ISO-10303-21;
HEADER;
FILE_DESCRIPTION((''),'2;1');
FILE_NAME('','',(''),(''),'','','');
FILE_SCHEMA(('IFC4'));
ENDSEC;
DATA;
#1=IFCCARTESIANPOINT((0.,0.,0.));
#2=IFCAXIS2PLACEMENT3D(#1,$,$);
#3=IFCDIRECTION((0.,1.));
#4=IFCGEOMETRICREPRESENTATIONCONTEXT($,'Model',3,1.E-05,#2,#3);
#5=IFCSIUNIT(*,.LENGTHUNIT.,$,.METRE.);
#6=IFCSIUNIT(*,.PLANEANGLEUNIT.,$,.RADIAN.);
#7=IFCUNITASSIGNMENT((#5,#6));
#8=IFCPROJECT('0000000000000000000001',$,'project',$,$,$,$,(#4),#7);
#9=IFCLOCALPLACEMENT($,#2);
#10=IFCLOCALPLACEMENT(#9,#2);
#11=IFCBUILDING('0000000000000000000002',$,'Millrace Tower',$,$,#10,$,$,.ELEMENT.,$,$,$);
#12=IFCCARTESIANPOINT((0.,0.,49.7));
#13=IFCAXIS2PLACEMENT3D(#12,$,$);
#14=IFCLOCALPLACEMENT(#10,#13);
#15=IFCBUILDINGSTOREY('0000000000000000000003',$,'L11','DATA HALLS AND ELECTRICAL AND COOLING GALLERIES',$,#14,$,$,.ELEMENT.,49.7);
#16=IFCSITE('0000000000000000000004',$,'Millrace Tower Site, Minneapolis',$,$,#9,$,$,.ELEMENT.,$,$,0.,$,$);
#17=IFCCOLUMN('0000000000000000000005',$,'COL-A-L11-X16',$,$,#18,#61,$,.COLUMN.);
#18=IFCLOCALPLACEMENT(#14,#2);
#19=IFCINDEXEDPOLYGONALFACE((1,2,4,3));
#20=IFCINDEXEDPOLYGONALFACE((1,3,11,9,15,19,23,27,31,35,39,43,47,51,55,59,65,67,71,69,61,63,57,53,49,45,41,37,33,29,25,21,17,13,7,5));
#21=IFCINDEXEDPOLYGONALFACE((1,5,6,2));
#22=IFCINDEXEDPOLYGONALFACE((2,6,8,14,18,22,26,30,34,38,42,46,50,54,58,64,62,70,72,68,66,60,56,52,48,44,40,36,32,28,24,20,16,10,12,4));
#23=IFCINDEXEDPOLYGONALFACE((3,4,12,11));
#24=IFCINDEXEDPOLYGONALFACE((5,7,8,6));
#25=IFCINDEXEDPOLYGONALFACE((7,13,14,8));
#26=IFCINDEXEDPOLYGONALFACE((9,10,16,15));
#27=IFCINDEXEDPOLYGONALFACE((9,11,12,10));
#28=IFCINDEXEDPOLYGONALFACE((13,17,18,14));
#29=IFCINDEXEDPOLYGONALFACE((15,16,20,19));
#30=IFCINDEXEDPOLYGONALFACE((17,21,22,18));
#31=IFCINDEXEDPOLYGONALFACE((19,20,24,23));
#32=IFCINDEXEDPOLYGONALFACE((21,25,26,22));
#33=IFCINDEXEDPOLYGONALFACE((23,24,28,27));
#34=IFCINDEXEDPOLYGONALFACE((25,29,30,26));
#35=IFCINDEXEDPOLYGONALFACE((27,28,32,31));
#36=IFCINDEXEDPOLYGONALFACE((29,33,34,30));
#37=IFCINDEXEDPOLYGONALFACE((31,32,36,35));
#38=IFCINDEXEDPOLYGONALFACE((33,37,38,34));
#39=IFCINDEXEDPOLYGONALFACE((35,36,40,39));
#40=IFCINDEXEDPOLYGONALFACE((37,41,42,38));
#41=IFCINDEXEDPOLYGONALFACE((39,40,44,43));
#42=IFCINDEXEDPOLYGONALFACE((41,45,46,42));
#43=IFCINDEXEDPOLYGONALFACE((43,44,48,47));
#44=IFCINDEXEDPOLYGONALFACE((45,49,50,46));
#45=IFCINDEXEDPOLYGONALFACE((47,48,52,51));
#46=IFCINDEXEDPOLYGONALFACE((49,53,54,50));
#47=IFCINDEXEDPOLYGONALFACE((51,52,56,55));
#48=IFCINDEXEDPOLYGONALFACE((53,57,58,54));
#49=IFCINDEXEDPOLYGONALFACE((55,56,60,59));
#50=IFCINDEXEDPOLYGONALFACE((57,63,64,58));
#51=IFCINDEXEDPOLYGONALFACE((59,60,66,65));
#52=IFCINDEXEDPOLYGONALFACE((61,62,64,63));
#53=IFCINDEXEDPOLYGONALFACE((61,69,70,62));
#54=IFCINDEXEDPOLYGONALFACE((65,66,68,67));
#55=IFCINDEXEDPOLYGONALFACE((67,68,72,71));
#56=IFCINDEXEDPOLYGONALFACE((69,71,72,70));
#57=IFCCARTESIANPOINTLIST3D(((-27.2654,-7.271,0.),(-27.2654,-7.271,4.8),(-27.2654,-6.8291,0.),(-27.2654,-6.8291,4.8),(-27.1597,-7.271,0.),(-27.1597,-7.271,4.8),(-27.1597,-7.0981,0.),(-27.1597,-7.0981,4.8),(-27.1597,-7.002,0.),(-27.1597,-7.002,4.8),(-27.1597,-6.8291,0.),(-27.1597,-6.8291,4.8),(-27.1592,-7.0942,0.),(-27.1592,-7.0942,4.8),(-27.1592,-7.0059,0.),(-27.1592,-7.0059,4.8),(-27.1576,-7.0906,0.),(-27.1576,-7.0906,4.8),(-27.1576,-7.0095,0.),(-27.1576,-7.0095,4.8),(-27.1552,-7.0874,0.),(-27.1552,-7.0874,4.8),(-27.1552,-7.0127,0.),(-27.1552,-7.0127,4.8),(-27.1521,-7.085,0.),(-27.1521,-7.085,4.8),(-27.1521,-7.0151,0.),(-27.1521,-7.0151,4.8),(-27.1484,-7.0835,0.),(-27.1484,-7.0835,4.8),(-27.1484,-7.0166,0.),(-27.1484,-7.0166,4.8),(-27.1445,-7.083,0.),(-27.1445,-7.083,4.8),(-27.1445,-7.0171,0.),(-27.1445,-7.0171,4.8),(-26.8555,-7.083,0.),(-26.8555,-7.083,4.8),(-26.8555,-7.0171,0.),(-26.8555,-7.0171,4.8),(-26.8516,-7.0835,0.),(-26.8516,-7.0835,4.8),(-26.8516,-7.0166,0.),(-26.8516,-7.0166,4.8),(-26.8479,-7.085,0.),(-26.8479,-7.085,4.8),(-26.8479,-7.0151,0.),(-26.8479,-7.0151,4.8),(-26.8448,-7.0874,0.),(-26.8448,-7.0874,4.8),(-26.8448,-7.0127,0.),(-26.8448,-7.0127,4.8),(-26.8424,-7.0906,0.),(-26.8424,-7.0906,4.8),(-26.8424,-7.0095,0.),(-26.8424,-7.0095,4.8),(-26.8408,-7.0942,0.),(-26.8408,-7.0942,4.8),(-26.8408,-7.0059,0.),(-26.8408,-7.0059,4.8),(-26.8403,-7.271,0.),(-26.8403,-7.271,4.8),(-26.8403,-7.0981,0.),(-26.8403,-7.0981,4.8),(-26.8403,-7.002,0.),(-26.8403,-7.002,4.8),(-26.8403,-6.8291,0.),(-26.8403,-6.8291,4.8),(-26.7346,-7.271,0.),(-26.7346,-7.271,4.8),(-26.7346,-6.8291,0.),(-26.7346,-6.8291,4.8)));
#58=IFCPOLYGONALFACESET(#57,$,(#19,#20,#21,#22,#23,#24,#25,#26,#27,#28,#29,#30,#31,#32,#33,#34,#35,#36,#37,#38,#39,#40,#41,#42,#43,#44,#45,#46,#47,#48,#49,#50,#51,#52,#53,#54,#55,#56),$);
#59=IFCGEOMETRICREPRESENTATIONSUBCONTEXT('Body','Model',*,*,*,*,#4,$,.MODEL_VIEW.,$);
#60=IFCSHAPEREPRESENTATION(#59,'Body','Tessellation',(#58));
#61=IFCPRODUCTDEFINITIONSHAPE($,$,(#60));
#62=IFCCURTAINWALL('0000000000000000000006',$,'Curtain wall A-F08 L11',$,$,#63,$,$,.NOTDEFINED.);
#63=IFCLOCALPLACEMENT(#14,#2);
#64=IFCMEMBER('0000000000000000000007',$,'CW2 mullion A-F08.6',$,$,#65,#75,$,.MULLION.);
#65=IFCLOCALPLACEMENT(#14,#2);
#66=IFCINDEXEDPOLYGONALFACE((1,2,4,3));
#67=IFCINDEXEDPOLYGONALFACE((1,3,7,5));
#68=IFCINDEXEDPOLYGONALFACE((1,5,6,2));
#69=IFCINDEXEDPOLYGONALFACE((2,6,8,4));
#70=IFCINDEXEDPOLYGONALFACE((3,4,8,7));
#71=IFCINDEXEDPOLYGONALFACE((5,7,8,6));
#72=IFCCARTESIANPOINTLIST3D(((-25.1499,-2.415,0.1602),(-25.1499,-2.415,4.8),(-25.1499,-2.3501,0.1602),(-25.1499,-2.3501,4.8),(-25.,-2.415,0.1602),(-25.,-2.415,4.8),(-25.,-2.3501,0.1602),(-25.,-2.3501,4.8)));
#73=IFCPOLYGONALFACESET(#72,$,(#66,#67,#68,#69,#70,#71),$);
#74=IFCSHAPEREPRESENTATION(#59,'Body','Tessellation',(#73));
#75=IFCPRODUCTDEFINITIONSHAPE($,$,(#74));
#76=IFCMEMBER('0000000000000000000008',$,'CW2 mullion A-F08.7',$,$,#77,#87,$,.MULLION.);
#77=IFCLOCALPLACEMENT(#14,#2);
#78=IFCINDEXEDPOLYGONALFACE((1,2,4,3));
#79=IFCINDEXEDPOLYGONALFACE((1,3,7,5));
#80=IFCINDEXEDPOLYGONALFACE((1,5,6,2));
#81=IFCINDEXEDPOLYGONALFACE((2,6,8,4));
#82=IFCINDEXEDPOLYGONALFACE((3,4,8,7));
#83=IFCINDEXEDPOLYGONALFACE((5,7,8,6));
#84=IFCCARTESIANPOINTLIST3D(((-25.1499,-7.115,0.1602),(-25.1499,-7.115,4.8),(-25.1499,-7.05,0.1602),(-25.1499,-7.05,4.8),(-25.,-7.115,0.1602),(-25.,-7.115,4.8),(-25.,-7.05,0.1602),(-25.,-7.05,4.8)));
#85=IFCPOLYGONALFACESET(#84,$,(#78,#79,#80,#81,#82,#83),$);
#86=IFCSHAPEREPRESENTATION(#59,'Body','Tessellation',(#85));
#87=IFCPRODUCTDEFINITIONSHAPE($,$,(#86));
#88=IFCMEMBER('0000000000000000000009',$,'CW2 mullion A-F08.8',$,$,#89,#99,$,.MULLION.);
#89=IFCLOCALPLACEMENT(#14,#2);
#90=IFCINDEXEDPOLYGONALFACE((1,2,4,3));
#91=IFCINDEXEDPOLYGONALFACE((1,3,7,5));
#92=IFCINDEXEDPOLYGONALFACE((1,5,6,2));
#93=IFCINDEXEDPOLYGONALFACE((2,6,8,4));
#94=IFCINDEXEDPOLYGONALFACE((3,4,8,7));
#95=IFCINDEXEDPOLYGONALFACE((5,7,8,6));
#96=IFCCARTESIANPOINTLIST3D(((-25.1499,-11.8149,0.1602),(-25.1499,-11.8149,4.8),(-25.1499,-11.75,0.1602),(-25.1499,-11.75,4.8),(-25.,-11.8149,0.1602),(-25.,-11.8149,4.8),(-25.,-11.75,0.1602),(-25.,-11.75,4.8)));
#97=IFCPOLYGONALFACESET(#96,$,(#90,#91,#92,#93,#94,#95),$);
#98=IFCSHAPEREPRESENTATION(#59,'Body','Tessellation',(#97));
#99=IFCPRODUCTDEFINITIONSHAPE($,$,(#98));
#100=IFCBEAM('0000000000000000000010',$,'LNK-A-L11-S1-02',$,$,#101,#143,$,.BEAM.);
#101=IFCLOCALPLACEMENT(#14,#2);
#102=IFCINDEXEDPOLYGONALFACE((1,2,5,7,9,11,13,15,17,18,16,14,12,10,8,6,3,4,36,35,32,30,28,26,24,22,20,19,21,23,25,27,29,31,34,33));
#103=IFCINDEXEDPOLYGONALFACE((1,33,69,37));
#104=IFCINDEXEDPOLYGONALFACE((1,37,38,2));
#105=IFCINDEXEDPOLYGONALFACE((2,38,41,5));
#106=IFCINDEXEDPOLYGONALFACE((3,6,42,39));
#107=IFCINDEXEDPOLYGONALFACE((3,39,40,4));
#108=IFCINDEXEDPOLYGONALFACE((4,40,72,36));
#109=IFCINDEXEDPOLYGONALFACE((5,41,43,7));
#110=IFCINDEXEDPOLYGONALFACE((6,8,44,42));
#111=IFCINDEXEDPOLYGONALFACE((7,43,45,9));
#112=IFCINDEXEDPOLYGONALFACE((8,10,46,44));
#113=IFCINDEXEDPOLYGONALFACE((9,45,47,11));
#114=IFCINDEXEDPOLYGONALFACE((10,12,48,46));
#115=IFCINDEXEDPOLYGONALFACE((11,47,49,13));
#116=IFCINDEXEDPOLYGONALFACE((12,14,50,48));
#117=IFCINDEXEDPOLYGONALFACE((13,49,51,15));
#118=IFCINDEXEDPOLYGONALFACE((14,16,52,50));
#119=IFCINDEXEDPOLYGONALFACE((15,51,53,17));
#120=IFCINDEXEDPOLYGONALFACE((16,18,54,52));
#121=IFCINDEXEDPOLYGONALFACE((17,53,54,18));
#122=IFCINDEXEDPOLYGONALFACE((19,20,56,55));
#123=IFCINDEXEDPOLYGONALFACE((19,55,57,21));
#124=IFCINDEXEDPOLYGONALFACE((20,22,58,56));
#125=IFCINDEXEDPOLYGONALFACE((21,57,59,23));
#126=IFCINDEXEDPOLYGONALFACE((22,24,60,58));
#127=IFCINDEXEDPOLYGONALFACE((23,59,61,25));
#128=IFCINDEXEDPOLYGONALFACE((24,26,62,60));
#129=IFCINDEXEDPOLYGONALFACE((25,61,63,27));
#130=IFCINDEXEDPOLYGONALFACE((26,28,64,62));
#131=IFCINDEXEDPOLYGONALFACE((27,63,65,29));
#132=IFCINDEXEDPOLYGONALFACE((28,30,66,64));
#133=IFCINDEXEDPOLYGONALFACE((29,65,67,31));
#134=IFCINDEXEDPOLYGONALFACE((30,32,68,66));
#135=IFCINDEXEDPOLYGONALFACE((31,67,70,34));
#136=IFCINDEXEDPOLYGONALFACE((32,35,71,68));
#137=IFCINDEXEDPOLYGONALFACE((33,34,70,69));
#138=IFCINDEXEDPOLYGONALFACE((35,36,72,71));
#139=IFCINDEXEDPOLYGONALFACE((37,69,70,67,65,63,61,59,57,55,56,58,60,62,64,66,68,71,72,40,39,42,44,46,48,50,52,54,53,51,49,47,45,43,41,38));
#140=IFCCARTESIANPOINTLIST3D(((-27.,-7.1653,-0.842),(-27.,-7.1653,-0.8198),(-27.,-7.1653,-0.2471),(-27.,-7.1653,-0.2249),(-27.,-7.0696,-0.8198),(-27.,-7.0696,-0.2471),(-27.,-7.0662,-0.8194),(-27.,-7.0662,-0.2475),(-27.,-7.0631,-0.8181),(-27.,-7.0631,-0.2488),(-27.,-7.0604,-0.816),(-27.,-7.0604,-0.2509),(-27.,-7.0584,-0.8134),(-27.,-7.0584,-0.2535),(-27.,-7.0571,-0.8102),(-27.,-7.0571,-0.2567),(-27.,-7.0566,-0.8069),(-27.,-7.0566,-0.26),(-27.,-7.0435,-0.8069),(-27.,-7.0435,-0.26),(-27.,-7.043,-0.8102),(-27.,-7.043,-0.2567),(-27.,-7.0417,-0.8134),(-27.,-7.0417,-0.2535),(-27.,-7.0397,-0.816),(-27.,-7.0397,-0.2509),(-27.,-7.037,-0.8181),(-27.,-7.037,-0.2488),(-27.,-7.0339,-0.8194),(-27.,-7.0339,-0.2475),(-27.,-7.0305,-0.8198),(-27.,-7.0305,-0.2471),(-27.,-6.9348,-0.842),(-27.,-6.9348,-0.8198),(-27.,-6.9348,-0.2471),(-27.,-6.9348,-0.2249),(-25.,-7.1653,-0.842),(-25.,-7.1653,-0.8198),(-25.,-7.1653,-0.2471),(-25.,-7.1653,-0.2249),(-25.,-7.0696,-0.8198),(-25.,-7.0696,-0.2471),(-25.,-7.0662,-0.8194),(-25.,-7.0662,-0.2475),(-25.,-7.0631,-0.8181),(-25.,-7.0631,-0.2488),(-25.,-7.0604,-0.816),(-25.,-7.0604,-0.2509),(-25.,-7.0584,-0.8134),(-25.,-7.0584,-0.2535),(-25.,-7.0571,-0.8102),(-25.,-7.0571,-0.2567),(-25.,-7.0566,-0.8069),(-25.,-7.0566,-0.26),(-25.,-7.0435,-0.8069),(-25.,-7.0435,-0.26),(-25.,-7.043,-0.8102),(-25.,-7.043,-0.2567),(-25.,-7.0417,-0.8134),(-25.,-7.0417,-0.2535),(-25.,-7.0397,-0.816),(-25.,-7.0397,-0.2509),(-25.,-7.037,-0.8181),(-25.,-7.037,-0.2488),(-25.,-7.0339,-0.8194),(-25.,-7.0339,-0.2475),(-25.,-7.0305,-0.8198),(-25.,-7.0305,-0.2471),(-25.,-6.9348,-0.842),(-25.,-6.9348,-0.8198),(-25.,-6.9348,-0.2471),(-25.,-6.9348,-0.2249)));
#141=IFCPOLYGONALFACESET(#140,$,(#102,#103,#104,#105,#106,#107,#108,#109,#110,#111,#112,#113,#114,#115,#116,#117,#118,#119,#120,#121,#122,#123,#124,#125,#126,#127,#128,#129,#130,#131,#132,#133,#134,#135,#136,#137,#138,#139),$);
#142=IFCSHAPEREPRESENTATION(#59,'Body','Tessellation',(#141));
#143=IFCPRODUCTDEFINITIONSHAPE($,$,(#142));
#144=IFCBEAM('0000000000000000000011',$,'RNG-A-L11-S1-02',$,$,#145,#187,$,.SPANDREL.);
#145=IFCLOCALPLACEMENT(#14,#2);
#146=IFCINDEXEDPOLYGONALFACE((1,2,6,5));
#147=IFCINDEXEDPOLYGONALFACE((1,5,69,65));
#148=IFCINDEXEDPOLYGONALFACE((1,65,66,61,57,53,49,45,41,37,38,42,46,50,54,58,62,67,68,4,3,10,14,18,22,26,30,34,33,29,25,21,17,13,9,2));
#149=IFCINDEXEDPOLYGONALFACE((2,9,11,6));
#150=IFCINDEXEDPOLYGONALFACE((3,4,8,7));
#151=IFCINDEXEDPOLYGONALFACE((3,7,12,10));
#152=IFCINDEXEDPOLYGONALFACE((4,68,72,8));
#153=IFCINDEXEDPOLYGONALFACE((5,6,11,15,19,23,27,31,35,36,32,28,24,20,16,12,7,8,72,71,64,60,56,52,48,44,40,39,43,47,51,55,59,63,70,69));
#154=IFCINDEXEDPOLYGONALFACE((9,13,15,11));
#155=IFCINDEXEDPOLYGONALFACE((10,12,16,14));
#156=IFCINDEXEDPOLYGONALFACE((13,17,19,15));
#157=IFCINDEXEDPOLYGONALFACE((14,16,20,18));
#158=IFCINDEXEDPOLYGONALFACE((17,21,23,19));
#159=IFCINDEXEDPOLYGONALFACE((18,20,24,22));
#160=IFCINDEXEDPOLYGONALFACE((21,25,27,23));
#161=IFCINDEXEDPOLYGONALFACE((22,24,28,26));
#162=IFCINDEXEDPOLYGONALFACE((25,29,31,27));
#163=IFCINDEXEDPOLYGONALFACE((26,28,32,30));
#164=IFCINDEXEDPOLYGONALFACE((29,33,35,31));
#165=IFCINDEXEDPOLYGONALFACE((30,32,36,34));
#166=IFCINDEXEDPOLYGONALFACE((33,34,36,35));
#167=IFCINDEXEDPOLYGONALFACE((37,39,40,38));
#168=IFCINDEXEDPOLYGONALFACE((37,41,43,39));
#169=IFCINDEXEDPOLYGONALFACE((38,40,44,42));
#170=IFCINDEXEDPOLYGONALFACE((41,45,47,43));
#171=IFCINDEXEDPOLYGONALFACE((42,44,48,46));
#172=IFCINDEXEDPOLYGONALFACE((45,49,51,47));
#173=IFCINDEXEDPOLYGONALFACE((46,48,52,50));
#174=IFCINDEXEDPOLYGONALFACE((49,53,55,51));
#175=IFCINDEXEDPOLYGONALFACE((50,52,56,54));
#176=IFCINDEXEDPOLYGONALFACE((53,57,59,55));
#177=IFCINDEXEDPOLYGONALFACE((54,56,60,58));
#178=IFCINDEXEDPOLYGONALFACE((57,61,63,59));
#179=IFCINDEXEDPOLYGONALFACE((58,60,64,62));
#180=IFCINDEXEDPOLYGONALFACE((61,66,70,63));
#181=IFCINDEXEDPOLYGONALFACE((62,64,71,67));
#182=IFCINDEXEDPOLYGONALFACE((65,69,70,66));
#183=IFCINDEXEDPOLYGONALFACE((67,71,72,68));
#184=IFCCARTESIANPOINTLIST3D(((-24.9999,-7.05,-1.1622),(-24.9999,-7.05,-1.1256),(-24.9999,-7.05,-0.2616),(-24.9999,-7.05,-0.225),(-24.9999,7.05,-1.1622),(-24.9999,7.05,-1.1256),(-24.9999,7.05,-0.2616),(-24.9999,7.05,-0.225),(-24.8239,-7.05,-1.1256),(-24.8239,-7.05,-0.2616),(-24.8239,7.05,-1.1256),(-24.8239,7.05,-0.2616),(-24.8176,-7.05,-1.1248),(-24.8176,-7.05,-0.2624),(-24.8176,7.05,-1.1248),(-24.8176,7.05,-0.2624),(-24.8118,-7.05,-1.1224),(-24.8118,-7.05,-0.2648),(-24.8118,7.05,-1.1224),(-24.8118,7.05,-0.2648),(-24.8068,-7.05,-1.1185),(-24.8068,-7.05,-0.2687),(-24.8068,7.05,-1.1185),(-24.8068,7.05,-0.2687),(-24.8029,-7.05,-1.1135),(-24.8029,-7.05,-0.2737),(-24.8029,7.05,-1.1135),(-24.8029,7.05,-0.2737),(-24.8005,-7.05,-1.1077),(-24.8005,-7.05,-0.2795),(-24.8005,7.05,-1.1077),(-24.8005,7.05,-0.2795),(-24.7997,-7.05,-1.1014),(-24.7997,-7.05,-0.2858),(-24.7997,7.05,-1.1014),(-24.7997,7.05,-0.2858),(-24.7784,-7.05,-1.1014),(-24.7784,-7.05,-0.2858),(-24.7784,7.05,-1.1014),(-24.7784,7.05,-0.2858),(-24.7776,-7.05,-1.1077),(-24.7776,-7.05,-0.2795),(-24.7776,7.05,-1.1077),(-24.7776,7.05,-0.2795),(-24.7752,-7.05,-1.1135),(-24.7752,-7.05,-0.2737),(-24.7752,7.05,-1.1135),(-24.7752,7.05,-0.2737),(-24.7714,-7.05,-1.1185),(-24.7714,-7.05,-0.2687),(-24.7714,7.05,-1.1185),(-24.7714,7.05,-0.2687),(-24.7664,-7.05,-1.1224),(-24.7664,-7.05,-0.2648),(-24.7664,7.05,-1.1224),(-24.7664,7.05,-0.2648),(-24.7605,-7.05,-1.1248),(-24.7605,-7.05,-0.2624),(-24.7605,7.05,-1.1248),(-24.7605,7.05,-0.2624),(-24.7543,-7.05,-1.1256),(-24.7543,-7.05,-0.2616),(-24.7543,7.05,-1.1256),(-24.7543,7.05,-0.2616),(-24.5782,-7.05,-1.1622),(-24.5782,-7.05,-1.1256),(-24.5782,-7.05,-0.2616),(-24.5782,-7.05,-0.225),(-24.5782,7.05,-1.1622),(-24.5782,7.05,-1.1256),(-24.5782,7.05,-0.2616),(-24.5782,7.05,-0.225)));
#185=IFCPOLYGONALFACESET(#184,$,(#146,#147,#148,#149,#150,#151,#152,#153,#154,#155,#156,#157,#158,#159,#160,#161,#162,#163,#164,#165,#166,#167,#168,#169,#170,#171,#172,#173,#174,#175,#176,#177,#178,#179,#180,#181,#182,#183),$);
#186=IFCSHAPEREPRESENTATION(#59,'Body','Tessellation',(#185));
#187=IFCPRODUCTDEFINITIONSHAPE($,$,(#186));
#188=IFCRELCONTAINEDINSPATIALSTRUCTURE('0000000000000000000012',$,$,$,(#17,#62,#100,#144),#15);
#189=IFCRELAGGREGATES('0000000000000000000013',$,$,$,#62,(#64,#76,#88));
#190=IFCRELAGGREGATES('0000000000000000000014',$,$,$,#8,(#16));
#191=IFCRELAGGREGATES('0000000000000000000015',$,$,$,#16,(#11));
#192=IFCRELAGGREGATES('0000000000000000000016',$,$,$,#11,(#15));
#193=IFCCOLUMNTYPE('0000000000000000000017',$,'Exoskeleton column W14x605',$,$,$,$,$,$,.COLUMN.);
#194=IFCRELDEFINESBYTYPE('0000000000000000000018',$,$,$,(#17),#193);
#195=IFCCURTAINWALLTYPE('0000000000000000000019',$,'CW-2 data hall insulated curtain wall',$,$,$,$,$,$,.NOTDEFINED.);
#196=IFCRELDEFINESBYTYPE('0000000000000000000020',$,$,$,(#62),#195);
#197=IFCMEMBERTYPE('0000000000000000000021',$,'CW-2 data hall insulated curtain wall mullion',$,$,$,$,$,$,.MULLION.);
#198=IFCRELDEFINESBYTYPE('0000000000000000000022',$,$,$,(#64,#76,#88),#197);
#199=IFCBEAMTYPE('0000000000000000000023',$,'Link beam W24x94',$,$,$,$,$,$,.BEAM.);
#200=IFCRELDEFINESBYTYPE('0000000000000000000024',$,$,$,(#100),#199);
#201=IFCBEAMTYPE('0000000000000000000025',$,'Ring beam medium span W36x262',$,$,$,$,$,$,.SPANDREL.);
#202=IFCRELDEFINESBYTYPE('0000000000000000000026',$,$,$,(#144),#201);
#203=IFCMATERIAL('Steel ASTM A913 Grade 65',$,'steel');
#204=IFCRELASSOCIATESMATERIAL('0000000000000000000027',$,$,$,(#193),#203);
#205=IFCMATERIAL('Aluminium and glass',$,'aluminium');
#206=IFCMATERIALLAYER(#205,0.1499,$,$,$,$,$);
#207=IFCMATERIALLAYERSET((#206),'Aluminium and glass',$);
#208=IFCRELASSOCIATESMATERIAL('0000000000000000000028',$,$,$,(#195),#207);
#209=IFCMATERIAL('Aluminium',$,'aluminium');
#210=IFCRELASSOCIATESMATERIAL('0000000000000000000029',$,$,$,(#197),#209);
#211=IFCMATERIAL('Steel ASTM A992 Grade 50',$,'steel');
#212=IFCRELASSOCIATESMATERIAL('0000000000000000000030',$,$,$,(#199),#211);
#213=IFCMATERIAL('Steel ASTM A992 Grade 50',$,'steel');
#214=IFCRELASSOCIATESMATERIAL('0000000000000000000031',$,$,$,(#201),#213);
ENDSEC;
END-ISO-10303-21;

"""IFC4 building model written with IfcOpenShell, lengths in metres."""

from ifc_helpers import new_model, si_unit, direction, frame, origin, origin_2d, place, context, subcontext, project, spatial, rectangle, i_section, extrude, material, layer, layer_set, material_profile, profile_set, type_object, element, aggregate, save


model = new_model("IFC4")

# Units and contexts
model_context = context("Model", 3, precision=1e-05, world=origin(), true_north=direction((0.0, 1.0)))
body_context = subcontext(model_context, "Body", "Model", "MODEL_VIEW")
ifc_project = project(units=[si_unit("LENGTHUNIT", "METRE"), si_unit("PLANEANGLEUNIT", "RADIAN")], contexts=[model_context])

# Site, building, storey
site_placement = place(None, origin())
site = spatial("IfcSite", under=ifc_project, at=site_placement, Name="Millrace Tower Site, Minneapolis", CompositionType="ELEMENT", RefElevation=0.0)
building_placement = place(site_placement, origin())
building = spatial("IfcBuilding", under=site, at=building_placement, Name="Millrace Tower", CompositionType="ELEMENT")
storey_placement = place(building_placement, frame((0.0, 0.0, 49.7)))
storey = spatial("IfcBuildingStorey", under=building, at=storey_placement, Name="L11", Description="DATA HALLS AND ELECTRICAL AND COOLING GALLERIES", CompositionType="ELEMENT", Elevation=49.7)

# Column
ifc_material_1 = material(Name="Steel ASTM A913 Grade 65", Category="steel")
ifc_material_profile_1 = material_profile(ifc_material_1, i_section(OverallWidth=0.4419, OverallDepth=0.5308, WebThickness=0.0659, FlangeThickness=0.1057, FilletRadius=0.0151, at=origin_2d()))
ifc_profile_set_1 = profile_set([ifc_material_profile_1], Name="Steel ASTM A913 Grade 65")
column_type = type_object("IfcColumnType", Name="Exoskeleton column W14x605", PredefinedType="COLUMN", material=ifc_profile_set_1)
column_placement = place(storey_placement, frame((-27.0, -7.05, 0.0), z_axis=(0.0, 0.0, 1.0), x_axis=(0.0, -1.0, 0.0)))
element("IfcColumn", 1, at=column_placement, inside=storey, type_object=column_type, Name="COL-A-L11-X16", PredefinedType="COLUMN", context=body_context, shape_type="SweptSolid", body=[
    extrude(i_section(OverallWidth=0.4419, OverallDepth=0.5308, WebThickness=0.0659, FlangeThickness=0.1057, FilletRadius=0.0151, at=origin_2d()), origin(), (0.0, 0.0, 1.0), 4.8),
])

# Curtain wall, members
ifc_material_2 = material(Name="Aluminium and glass", Category="aluminium")
ifc_layer_1 = layer(ifc_material_2, 0.1499)
ifc_layer_set_1 = layer_set([ifc_layer_1], Name="Aluminium and glass")
curtain_wall_type = type_object("IfcCurtainWallType", Name="CW-2 data hall insulated curtain wall", PredefinedType="NOTDEFINED", material=ifc_layer_set_1)
curtain_wall_placement = place(storey_placement, origin())
curtain_wall = element("IfcCurtainWall", 2, at=curtain_wall_placement, inside=storey, type_object=curtain_wall_type, Name="Curtain wall A-F08 L11", PredefinedType="NOTDEFINED")
ifc_material_3 = material(Name="Aluminium", Category="aluminium")
ifc_material_profile_2 = material_profile(ifc_material_3, rectangle(XDim=0.0649, YDim=0.1499, at=origin_2d()))
ifc_profile_set_2 = profile_set([ifc_material_profile_2], Name="Aluminium")
member_type = type_object("IfcMemberType", Name="CW-2 data hall insulated curtain wall mullion", PredefinedType="MULLION", material=ifc_profile_set_2)
member_1_placement = place(storey_placement, frame((-25.075, -2.3826, 0.1602), z_axis=(0.0, 0.0, 1.0), x_axis=(0.0, -1.0, 0.0)))
member_1 = element("IfcMember", 3, at=member_1_placement, type_object=member_type, Name="CW2 mullion A-F08.6", PredefinedType="MULLION", context=body_context, shape_type="SweptSolid", body=[
    extrude(rectangle(XDim=0.0649, YDim=0.1499, at=origin_2d()), origin(), (0.0, 0.0, 1.0), 4.6399),
])
member_2_placement = place(storey_placement, frame((-25.075, -7.0825, 0.1602), z_axis=(0.0, 0.0, 1.0), x_axis=(0.0, -1.0, 0.0)))
member_2 = element("IfcMember", 4, at=member_2_placement, type_object=member_type, Name="CW2 mullion A-F08.7", PredefinedType="MULLION", context=body_context, shape_type="SweptSolid", body=[
    extrude(rectangle(XDim=0.0649, YDim=0.1499, at=origin_2d()), origin(), (0.0, 0.0, 1.0), 4.6399),
])
member_3_placement = place(storey_placement, frame((-25.075, -11.7825, 0.1602), z_axis=(0.0, 0.0, 1.0), x_axis=(0.0, -1.0, 0.0)))
member_3 = element("IfcMember", 5, at=member_3_placement, type_object=member_type, Name="CW2 mullion A-F08.8", PredefinedType="MULLION", context=body_context, shape_type="SweptSolid", body=[
    extrude(rectangle(XDim=0.0649, YDim=0.1499, at=origin_2d()), origin(), (0.0, 0.0, 1.0), 4.6399),
])
aggregate(curtain_wall, [member_1, member_2, member_3])

# Beams
ifc_material_4 = material(Name="Steel ASTM A992 Grade 50", Category="steel")
ifc_material_profile_3 = material_profile(ifc_material_4, i_section(OverallWidth=0.2305, OverallDepth=0.6172, WebThickness=0.0132, FlangeThickness=0.0222, FilletRadius=0.0129, at=origin_2d()))
ifc_profile_set_3 = profile_set([ifc_material_profile_3], Name="Steel ASTM A992 Grade 50")
beam_type_1 = type_object("IfcBeamType", Name="Link beam W24x94", PredefinedType="BEAM", material=ifc_profile_set_3)
beam_1_placement = place(storey_placement, frame((-25.0, -7.05, -0.5334), z_axis=(-1.0, 0.0, 0.0), x_axis=(0.0, -1.0, 0.0)))
element("IfcBeam", 6, at=beam_1_placement, inside=storey, type_object=beam_type_1, Name="LNK-A-L11-S1-02", PredefinedType="BEAM", context=body_context, shape_type="SweptSolid", body=[
    extrude(i_section(OverallWidth=0.2305, OverallDepth=0.6172, WebThickness=0.0132, FlangeThickness=0.0222, FilletRadius=0.0129, at=origin_2d()), origin(), (0.0, 0.0, 1.0), 2.0),
])
ifc_material_5 = material(Name="Steel ASTM A992 Grade 50", Category="steel")
ifc_material_profile_4 = material_profile(ifc_material_5, i_section(OverallWidth=0.4216, OverallDepth=0.9373, WebThickness=0.0212, FlangeThickness=0.0366, FilletRadius=0.0242, at=origin_2d()))
ifc_profile_set_4 = profile_set([ifc_material_profile_4], Name="Steel ASTM A992 Grade 50")
beam_type_2 = type_object("IfcBeamType", Name="Ring beam medium span W36x262", PredefinedType="SPANDREL", material=ifc_profile_set_4)
beam_2_placement = place(storey_placement, frame((-24.7891, -7.05, -0.6936), z_axis=(0.0, 1.0, 0.0), x_axis=(-1.0, 0.0, 0.0)))
element("IfcBeam", 7, at=beam_2_placement, inside=storey, type_object=beam_type_2, Name="RNG-A-L11-S1-02", PredefinedType="SPANDREL", context=body_context, shape_type="SweptSolid", body=[
    extrude(i_section(OverallWidth=0.4216, OverallDepth=0.9373, WebThickness=0.0212, FlangeThickness=0.0366, FilletRadius=0.0242, at=origin_2d()), origin(), (0.0, 0.0, 1.0), 14.1001),
])

save(model, "model.ifc")
